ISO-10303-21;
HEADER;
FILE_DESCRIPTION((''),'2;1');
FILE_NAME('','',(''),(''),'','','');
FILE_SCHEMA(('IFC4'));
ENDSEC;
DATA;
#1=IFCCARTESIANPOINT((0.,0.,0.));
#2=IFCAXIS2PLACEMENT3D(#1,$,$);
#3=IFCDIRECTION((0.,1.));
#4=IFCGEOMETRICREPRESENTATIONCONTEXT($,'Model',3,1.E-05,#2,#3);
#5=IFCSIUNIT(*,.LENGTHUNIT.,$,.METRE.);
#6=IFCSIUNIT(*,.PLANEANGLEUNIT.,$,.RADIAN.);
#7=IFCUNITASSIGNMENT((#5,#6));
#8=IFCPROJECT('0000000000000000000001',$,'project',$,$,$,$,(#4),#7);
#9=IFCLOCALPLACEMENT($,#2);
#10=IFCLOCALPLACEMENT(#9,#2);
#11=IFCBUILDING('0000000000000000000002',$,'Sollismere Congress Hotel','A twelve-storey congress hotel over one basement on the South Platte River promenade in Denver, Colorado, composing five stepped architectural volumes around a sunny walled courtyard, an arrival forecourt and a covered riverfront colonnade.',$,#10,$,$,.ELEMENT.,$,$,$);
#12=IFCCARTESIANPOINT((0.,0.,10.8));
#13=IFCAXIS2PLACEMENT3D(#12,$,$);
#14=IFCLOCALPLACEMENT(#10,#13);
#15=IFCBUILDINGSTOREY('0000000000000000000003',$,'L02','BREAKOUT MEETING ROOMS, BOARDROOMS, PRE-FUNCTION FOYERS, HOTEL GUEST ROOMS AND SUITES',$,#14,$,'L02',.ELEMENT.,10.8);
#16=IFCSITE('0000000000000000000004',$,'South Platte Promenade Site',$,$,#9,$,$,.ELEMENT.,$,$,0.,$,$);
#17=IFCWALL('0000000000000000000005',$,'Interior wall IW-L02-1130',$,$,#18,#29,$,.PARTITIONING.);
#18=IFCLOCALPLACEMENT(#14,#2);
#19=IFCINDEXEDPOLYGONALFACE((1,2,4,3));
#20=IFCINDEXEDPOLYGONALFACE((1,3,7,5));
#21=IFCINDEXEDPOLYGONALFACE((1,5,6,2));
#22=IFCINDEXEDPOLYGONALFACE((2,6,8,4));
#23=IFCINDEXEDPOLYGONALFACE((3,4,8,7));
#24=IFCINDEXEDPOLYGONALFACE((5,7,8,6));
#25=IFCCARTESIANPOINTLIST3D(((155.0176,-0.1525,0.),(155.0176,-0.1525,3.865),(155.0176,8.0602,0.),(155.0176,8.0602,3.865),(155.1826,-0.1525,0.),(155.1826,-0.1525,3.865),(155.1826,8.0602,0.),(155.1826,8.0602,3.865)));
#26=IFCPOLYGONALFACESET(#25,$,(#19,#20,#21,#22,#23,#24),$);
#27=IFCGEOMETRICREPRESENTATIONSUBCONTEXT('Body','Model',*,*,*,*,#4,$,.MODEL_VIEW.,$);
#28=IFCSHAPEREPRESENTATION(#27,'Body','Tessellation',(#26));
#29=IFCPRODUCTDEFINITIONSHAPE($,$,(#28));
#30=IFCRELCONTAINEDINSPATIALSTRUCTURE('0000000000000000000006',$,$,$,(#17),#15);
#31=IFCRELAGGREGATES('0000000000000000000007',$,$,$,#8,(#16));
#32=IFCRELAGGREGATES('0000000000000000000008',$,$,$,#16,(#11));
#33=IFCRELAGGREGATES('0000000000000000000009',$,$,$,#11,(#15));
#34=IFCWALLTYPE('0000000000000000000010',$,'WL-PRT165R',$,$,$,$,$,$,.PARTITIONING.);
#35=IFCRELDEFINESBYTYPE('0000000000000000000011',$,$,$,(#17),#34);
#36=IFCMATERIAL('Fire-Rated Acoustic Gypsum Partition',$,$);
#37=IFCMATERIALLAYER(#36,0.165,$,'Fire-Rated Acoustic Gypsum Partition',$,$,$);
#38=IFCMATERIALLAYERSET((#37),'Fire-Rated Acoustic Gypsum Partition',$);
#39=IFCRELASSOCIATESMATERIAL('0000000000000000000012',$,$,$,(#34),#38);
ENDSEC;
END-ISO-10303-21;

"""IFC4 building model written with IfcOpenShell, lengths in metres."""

from ifc_helpers import new_model, si_unit, direction, frame, frame_2d, origin, place, context, subcontext, project, spatial, rectangle, extrude, material, layer, layer_set, type_object, element, save


model = new_model("IFC4")

# Units and contexts
model_context = context("Model", 3, precision=1e-05, world=origin(), true_north=direction((0.0, 1.0)))
body_context = subcontext(model_context, "Body", "Model", "MODEL_VIEW")
ifc_project = project(units=[si_unit("LENGTHUNIT", "METRE"), si_unit("PLANEANGLEUNIT", "RADIAN")], contexts=[model_context])

# Site, building, storey
site_placement = place(None, origin())
site = spatial("IfcSite", under=ifc_project, at=site_placement, Name="South Platte Promenade Site", CompositionType="ELEMENT", RefElevation=0.0)
building_placement = place(site_placement, origin())
building = spatial("IfcBuilding", under=site, at=building_placement, Name="Sollismere Congress Hotel", Description="A twelve-storey congress hotel over one basement on the South Platte River promenade in Denver, Colorado, composing five stepped architectural volumes around a sunny walled courtyard, an arrival forecourt and a covered riverfront colonnade.", CompositionType="ELEMENT")
storey_placement = place(building_placement, frame((0.0, 0.0, 10.8)))
storey = spatial("IfcBuildingStorey", under=building, at=storey_placement, Name="L02", Description="BREAKOUT MEETING ROOMS, BOARDROOMS, PRE-FUNCTION FOYERS, HOTEL GUEST ROOMS AND SUITES", LongName="L02", CompositionType="ELEMENT", Elevation=10.8)

# Wall
ifc_material_1 = material(Name="Fire-Rated Acoustic Gypsum Partition")
ifc_layer_1 = layer(ifc_material_1, 0.165, Name="Fire-Rated Acoustic Gypsum Partition")
ifc_layer_set_1 = layer_set([ifc_layer_1], Name="Fire-Rated Acoustic Gypsum Partition")
wall_type_1 = type_object("IfcWallType", Name="WL-PRT165R", PredefinedType="PARTITIONING", material=ifc_layer_set_1)
wall_1_placement = place(storey_placement, frame((155.1001, -0.1526, 0.0), z_axis=(0.0, 0.0, 1.0), x_axis=(0.0, 1.0, 0.0)))
element("IfcWall", 1, at=wall_1_placement, inside=storey, type_object=wall_type_1, Name="Interior wall IW-L02-1130", PredefinedType="PARTITIONING", context=body_context, shape_type="SweptSolid", body=[
    extrude(rectangle(XDim=8.2126, YDim=0.165, at=frame_2d((4.1064, 0.0))), origin(), (0.0, 0.0, 1.0), 3.865),
])

save(model, "model.ifc")
